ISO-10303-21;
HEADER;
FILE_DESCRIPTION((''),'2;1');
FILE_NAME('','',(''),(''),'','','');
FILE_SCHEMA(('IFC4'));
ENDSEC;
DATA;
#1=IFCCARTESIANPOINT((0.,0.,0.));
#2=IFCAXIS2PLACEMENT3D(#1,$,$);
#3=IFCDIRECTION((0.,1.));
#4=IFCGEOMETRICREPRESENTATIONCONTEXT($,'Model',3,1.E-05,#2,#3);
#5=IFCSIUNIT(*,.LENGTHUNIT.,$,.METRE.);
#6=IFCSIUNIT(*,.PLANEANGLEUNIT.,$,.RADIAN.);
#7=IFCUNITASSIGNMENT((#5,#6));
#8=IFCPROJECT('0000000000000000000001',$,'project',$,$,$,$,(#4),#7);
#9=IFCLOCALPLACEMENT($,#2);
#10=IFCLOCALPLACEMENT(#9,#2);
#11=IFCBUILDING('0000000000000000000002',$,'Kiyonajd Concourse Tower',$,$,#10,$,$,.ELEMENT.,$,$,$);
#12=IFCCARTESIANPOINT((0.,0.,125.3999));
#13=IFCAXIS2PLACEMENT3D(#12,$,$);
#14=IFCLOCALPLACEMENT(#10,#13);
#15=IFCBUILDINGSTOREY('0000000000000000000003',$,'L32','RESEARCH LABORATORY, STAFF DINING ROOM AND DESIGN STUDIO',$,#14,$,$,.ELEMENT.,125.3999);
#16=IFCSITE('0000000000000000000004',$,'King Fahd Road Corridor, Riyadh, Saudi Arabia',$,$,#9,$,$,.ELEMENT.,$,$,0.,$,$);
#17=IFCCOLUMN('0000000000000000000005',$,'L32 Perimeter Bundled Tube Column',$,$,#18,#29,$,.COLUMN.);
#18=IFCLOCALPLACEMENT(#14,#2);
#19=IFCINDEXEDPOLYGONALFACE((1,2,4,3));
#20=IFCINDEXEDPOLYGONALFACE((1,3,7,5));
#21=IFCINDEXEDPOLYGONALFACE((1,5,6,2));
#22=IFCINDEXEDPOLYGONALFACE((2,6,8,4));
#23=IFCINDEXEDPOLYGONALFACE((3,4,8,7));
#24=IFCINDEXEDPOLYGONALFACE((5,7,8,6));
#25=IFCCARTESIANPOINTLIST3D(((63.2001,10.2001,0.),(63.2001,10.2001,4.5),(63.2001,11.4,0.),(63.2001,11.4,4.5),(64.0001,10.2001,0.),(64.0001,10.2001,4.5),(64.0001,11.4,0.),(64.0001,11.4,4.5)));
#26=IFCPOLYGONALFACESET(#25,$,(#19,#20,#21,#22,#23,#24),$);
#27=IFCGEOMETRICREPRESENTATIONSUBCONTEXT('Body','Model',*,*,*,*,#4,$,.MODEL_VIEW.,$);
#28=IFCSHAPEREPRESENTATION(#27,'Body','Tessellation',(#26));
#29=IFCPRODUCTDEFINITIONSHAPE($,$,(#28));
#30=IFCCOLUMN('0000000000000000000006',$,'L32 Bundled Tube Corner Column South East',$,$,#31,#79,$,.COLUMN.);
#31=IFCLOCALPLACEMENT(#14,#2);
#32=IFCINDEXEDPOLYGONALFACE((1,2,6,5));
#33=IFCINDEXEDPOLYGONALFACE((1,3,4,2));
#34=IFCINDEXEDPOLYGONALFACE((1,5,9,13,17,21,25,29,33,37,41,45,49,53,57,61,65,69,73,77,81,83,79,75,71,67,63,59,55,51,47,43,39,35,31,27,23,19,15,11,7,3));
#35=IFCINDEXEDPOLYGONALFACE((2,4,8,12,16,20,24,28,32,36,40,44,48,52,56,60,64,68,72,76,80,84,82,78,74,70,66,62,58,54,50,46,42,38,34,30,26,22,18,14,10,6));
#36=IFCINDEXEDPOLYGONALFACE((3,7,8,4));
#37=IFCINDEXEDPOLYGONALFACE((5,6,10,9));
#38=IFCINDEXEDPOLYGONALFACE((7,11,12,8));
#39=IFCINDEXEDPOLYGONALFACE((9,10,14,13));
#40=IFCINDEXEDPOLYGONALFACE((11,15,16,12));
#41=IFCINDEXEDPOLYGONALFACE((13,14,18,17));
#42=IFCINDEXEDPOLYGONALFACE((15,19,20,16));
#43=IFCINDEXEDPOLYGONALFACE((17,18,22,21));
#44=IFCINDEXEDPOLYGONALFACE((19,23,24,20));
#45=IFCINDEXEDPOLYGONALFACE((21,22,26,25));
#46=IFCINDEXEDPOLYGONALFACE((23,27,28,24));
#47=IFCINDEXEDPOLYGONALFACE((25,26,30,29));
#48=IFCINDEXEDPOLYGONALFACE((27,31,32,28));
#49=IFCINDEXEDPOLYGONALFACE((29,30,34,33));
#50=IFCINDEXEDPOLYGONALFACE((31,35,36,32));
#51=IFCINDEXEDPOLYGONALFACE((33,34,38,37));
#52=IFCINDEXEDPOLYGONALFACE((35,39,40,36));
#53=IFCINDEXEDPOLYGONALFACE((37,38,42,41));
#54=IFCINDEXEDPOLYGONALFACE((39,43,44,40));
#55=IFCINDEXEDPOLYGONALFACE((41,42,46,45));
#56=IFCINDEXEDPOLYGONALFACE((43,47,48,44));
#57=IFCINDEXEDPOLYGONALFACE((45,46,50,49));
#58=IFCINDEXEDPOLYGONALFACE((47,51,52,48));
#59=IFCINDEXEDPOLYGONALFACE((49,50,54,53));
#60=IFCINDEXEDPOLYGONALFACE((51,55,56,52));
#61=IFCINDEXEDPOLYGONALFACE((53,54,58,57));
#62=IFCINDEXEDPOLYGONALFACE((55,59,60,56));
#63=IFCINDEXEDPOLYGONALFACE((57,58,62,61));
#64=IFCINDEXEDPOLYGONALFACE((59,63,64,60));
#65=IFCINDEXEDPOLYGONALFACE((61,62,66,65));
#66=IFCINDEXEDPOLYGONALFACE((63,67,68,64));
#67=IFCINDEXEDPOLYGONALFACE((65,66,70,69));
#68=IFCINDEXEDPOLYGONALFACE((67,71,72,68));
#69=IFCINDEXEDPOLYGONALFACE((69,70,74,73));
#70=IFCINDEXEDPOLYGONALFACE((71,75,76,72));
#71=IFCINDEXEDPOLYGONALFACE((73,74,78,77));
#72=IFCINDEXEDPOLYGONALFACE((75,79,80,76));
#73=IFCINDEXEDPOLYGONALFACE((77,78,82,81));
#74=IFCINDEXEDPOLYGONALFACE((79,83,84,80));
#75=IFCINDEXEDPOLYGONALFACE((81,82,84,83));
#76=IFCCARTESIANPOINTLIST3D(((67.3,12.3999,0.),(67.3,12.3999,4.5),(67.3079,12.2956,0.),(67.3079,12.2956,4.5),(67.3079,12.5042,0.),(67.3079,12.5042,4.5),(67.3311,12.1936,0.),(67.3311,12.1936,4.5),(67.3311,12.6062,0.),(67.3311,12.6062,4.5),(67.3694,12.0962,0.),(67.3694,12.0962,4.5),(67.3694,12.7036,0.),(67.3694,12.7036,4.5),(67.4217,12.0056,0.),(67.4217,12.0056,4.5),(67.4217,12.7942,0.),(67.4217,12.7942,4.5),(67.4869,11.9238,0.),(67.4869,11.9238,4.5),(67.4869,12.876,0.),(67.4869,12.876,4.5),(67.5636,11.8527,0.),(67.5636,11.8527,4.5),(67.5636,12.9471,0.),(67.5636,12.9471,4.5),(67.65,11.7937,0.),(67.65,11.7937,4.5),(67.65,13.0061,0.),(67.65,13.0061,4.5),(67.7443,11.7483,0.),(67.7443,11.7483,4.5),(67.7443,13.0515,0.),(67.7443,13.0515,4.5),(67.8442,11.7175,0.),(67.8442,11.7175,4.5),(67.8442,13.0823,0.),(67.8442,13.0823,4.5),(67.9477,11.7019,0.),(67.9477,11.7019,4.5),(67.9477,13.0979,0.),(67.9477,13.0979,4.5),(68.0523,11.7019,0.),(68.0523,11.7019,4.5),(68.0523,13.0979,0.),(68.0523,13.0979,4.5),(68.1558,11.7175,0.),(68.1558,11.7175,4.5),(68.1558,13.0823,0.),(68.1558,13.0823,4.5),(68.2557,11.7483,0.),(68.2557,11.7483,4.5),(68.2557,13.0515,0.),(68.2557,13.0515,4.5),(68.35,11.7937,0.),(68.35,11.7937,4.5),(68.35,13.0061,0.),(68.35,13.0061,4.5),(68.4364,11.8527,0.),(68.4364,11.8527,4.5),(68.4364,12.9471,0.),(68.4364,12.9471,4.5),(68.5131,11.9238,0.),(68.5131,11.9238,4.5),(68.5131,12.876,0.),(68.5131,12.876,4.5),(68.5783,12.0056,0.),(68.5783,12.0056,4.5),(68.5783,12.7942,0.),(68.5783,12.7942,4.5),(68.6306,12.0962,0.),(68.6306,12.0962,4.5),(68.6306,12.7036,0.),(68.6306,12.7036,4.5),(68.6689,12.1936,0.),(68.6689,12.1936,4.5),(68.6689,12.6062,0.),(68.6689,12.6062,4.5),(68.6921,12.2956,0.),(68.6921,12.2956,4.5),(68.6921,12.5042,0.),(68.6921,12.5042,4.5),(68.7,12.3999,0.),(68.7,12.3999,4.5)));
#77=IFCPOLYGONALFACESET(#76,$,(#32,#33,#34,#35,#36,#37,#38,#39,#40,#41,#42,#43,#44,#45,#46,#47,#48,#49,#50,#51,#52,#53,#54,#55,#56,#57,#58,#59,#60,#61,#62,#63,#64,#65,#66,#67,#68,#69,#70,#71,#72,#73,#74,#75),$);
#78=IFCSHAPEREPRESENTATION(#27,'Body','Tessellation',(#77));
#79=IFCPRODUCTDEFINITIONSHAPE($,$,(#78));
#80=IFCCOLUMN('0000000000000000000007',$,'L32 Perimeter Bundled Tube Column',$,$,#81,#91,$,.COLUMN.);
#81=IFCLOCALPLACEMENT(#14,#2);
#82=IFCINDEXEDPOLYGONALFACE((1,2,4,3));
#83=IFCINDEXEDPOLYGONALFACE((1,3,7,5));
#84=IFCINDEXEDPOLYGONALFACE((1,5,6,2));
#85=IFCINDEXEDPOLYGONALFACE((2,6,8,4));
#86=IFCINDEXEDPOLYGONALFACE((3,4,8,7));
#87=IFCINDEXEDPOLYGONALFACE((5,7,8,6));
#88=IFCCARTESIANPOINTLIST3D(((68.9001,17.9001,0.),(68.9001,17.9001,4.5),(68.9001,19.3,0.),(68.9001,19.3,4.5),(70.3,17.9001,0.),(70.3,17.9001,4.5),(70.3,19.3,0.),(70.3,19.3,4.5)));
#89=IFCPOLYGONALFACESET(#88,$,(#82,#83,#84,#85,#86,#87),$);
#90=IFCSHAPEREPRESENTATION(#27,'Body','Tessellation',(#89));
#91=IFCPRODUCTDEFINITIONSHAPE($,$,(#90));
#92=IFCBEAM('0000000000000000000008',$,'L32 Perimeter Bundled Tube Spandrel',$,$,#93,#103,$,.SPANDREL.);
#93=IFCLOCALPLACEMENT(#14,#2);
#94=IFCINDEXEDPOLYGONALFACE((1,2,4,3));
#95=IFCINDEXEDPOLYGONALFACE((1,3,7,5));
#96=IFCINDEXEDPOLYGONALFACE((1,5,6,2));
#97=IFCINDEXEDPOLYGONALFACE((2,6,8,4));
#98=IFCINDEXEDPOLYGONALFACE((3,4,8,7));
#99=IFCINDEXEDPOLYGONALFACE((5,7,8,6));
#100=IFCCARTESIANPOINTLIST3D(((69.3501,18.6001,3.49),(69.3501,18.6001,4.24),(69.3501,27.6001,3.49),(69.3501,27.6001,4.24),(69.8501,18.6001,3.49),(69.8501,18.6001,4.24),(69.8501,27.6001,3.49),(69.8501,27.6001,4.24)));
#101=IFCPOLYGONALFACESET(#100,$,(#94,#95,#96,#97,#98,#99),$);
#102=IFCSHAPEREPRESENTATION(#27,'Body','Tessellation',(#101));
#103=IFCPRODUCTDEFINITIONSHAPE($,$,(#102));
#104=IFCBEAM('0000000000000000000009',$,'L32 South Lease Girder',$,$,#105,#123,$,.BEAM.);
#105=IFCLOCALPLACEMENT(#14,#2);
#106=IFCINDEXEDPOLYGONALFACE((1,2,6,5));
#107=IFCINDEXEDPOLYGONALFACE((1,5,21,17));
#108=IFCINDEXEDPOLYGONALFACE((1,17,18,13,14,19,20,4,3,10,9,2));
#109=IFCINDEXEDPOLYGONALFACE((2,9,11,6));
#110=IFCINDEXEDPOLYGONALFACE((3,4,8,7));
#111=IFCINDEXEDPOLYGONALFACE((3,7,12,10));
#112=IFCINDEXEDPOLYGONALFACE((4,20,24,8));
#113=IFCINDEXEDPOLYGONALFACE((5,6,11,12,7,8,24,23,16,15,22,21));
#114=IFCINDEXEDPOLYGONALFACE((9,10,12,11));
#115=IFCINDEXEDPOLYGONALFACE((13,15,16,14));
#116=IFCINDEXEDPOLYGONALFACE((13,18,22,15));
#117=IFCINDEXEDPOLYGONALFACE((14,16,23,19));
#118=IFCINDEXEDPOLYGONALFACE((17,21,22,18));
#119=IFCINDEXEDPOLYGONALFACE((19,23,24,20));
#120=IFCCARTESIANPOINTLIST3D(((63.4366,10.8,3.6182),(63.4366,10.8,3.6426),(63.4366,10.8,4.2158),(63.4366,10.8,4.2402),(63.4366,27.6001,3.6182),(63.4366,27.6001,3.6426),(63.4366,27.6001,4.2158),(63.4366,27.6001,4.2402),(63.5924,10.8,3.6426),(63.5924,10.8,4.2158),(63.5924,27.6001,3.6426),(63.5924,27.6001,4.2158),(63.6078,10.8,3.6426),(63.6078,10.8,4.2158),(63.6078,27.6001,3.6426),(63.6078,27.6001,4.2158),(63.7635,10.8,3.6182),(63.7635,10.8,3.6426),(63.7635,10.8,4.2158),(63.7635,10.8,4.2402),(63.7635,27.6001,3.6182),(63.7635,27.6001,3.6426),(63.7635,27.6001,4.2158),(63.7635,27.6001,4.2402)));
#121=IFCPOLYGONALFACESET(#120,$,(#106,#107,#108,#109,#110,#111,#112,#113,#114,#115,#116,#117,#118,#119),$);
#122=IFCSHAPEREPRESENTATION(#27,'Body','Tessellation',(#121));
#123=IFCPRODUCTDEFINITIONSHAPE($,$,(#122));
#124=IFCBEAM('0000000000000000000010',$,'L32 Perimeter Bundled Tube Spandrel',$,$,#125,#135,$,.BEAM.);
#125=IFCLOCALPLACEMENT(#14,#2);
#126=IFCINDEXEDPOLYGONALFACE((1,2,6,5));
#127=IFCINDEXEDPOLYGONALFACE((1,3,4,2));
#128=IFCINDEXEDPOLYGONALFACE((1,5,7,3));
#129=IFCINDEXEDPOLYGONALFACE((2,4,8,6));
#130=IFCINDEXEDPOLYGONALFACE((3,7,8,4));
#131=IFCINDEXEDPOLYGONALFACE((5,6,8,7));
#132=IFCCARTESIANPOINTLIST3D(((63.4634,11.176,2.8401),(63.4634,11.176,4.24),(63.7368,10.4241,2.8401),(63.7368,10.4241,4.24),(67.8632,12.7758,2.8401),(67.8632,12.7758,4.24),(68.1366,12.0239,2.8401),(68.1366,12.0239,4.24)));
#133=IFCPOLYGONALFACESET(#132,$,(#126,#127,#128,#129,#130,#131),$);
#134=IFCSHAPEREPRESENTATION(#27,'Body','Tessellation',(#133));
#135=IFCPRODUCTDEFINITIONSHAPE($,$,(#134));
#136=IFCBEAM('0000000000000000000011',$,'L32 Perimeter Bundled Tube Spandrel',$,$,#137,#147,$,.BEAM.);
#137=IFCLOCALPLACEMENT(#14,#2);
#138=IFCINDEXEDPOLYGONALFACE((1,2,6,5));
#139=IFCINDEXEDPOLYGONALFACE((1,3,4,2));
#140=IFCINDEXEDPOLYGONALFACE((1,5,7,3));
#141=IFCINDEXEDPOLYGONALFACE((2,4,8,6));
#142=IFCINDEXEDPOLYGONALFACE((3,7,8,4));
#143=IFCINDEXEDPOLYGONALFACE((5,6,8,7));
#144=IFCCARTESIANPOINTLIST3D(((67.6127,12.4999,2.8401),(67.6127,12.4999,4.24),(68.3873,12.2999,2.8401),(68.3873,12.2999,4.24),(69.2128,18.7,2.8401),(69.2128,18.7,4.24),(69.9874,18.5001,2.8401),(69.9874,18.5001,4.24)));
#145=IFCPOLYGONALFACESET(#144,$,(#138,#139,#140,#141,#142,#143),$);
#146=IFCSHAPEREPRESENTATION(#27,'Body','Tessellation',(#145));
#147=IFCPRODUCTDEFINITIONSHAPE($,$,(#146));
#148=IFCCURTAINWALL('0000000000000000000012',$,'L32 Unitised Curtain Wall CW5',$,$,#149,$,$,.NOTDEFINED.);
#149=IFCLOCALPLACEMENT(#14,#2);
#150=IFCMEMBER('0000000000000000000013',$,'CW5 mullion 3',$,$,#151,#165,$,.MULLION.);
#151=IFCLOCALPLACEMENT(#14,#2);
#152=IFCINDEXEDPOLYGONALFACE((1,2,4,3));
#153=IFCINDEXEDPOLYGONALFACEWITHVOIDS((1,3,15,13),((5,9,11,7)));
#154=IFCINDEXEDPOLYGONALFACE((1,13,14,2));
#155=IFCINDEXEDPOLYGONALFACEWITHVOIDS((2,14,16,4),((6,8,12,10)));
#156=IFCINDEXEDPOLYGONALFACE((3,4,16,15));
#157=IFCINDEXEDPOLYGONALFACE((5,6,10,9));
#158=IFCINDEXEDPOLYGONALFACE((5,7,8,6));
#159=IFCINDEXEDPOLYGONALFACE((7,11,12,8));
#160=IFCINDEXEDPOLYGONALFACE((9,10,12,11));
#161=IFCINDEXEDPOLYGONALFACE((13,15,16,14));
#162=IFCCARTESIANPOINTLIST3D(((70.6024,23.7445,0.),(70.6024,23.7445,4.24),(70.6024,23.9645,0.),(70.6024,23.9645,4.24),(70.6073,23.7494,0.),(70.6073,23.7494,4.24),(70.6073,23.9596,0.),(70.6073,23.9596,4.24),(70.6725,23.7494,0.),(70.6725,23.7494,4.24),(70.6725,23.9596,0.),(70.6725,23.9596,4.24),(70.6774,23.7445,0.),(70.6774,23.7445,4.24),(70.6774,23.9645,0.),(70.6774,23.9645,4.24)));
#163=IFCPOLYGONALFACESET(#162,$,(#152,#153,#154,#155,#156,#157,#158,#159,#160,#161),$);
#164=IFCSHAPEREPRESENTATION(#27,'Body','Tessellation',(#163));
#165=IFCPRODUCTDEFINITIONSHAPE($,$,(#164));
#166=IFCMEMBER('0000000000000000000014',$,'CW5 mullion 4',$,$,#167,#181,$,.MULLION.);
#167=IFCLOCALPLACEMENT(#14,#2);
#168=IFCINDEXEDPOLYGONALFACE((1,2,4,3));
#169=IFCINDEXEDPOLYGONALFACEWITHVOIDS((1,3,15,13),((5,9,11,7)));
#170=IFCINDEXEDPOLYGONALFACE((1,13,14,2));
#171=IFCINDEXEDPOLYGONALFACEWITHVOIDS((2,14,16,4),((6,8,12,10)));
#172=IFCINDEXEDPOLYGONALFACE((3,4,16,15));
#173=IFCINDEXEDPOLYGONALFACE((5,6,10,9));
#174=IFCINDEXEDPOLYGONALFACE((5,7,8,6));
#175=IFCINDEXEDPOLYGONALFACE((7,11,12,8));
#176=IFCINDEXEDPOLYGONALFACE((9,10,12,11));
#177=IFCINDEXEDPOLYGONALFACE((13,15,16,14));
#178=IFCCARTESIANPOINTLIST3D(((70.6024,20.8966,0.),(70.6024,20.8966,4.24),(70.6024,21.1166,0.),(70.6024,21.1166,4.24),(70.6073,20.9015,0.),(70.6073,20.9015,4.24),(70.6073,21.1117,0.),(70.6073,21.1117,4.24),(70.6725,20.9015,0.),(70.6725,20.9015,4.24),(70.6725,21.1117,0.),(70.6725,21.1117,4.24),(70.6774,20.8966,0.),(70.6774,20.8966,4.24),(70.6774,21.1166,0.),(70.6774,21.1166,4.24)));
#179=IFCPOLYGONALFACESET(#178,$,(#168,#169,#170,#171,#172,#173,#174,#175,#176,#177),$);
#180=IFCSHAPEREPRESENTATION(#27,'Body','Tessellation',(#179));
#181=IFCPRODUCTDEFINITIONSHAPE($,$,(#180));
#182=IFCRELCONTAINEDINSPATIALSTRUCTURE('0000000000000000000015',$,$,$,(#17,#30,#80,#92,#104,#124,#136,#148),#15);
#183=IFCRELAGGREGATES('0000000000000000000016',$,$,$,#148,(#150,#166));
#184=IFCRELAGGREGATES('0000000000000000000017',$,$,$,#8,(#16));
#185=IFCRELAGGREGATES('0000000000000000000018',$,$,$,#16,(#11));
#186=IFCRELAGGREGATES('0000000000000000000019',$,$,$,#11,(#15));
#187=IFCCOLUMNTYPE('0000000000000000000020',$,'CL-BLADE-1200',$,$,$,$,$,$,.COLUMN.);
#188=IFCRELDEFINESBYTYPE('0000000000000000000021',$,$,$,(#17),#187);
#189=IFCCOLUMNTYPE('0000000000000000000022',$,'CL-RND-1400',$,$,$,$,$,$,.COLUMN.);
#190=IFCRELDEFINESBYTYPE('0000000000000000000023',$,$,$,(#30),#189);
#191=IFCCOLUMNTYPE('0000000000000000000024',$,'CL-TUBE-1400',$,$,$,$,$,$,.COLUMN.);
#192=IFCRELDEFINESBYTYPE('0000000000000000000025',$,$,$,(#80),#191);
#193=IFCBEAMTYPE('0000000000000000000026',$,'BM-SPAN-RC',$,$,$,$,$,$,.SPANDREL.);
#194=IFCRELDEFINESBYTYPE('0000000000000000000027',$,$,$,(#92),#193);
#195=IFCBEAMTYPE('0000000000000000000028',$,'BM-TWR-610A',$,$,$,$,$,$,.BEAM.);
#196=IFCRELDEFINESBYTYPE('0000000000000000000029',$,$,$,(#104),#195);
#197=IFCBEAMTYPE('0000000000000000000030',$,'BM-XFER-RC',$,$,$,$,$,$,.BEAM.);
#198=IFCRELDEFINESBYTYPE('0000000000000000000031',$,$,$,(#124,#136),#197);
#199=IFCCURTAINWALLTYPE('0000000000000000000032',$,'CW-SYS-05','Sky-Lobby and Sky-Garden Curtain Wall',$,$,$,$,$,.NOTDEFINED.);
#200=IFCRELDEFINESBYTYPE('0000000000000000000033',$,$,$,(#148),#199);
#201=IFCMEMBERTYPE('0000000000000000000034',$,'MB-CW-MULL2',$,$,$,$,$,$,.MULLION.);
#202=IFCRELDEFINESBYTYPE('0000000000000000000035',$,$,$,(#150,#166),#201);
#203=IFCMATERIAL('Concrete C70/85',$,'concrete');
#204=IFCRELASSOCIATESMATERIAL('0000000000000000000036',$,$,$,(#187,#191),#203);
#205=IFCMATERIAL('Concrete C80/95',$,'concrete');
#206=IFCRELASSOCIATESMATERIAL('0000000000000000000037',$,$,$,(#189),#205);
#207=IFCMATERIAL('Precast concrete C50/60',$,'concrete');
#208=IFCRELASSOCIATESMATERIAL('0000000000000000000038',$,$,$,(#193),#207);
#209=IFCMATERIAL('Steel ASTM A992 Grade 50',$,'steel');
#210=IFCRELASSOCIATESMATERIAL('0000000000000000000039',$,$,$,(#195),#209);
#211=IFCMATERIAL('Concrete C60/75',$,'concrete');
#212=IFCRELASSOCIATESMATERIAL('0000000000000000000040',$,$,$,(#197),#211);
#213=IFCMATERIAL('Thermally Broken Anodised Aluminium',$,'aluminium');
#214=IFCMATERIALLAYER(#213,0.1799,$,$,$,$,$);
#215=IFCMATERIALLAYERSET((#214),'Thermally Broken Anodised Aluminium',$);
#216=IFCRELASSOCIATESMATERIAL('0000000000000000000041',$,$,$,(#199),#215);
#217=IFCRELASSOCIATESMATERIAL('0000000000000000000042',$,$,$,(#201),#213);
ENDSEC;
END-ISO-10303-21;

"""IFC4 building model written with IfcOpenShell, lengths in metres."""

from ifc_helpers import new_model, si_unit, direction, frame, origin, origin_2d, place, context, subcontext, project, spatial, rectangle, hollow_rectangle, circle, i_section, extrude, material, layer, layer_set, material_profile, profile_set, type_object, element, aggregate, save


model = new_model("IFC4")

# Units and contexts
model_context = context("Model", 3, precision=1e-05, world=origin(), true_north=direction((0.0, 1.0)))
body_context = subcontext(model_context, "Body", "Model", "MODEL_VIEW")
ifc_project = project(units=[si_unit("LENGTHUNIT", "METRE"), si_unit("PLANEANGLEUNIT", "RADIAN")], contexts=[model_context])

# Site, building, storey
site_placement = place(None, origin())
site = spatial("IfcSite", under=ifc_project, at=site_placement, Name="King Fahd Road Corridor, Riyadh, Saudi Arabia", CompositionType="ELEMENT", RefElevation=0.0)
building_placement = place(site_placement, origin())
building = spatial("IfcBuilding", under=site, at=building_placement, Name="Kiyonajd Concourse Tower", CompositionType="ELEMENT")
storey_placement = place(building_placement, frame((0.0, 0.0, 125.3999)))
storey = spatial("IfcBuildingStorey", under=building, at=storey_placement, Name="L32", Description="RESEARCH LABORATORY, STAFF DINING ROOM AND DESIGN STUDIO", CompositionType="ELEMENT", Elevation=125.3999)

# Columns
ifc_material_1 = material(Name="Concrete C70/85", Category="concrete")
ifc_material_profile_1 = material_profile(ifc_material_1, rectangle(XDim=0.8, YDim=1.2, at=origin_2d()), Name="RC-1200x800")
ifc_profile_set_1 = profile_set([ifc_material_profile_1], Name="Concrete C70/85")
column_type_1 = type_object("IfcColumnType", Name="CL-BLADE-1200", PredefinedType="COLUMN", material=ifc_profile_set_1)
column_1_placement = place(storey_placement, frame((63.6001, 10.8, 0.0), z_axis=(0.0, 0.0, 1.0), x_axis=(1.0, 0.0, 0.0)))
element("IfcColumn", 1, at=column_1_placement, inside=storey, type_object=column_type_1, Name="L32 Perimeter Bundled Tube Column", PredefinedType="COLUMN", context=body_context, shape_type="SweptSolid", body=[
    extrude(rectangle(XDim=0.8, YDim=1.2, at=origin_2d()), origin(), (0.0, 0.0, 1.0), 4.5),
])
ifc_material_2 = material(Name="Concrete C80/95", Category="concrete")
ifc_material_profile_2 = material_profile(ifc_material_2, circle(Radius=0.7, at=origin_2d()), Name="RCC-D1400")
ifc_profile_set_2 = profile_set([ifc_material_profile_2], Name="Concrete C80/95")
column_type_2 = type_object("IfcColumnType", Name="CL-RND-1400", PredefinedType="COLUMN", material=ifc_profile_set_2)
column_2_placement = place(storey_placement, frame((68.0, 12.3999, 0.0), z_axis=(0.0, 0.0, 1.0), x_axis=(1.0, 0.0, 0.0)))
element("IfcColumn", 2, at=column_2_placement, inside=storey, type_object=column_type_2, Name="L32 Bundled Tube Corner Column South East", PredefinedType="COLUMN", context=body_context, shape_type="SweptSolid", body=[
    extrude(circle(Radius=0.7, at=origin_2d()), origin(), (0.0, 0.0, 1.0), 4.5),
])
ifc_material_profile_3 = material_profile(ifc_material_1, rectangle(XDim=1.3999, YDim=1.3999, at=origin_2d()), Name="RC-1400x1400")
ifc_profile_set_3 = profile_set([ifc_material_profile_3], Name="Concrete C70/85")
column_type_3 = type_object("IfcColumnType", Name="CL-TUBE-1400", PredefinedType="COLUMN", material=ifc_profile_set_3)
column_3_placement = place(storey_placement, frame((69.6001, 18.6001, 0.0), z_axis=(0.0, 0.0, 1.0), x_axis=(1.0, 0.0, 0.0)))
element("IfcColumn", 3, at=column_3_placement, inside=storey, type_object=column_type_3, Name="L32 Perimeter Bundled Tube Column", PredefinedType="COLUMN", context=body_context, shape_type="SweptSolid", body=[
    extrude(rectangle(XDim=1.3999, YDim=1.3999, at=origin_2d()), origin(), (0.0, 0.0, 1.0), 4.5),
])

# Beams
ifc_material_3 = material(Name="Precast concrete C50/60", Category="concrete")
ifc_material_profile_4 = material_profile(ifc_material_3, rectangle(XDim=0.5, YDim=0.75, at=origin_2d()), Name="RCBM-500x750")
ifc_profile_set_4 = profile_set([ifc_material_profile_4], Name="Precast concrete C50/60")
beam_type_1 = type_object("IfcBeamType", Name="BM-SPAN-RC", PredefinedType="SPANDREL", material=ifc_profile_set_4)
beam_1_placement = place(storey_placement, frame((69.6001, 18.6001, 3.865), z_axis=(0.0, 1.0, 0.0), x_axis=(-1.0, 0.0, 0.0)))
element("IfcBeam", 4, at=beam_1_placement, inside=storey, type_object=beam_type_1, Name="L32 Perimeter Bundled Tube Spandrel", PredefinedType="SPANDREL", context=body_context, shape_type="SweptSolid", body=[
    extrude(rectangle(XDim=0.5, YDim=0.75, at=origin_2d()), origin(), (0.0, 0.0, 1.0), 9.0),
])
ifc_material_4 = material(Name="Steel ASTM A992 Grade 50", Category="steel")
ifc_material_profile_5 = material_profile(ifc_material_4, i_section(OverallWidth=0.3269, OverallDepth=0.6221, WebThickness=0.0154, FlangeThickness=0.0244, at=origin_2d()), Name="W610X195")
ifc_profile_set_5 = profile_set([ifc_material_profile_5], Name="Steel ASTM A992 Grade 50")
beam_type_2 = type_object("IfcBeamType", Name="BM-TWR-610A", PredefinedType="BEAM", material=ifc_profile_set_5)
beam_2_placement = place(storey_placement, frame((63.6001, 10.8, 3.9292), z_axis=(0.0, 1.0, 0.0), x_axis=(-1.0, 0.0, 0.0)))
element("IfcBeam", 5, at=beam_2_placement, inside=storey, type_object=beam_type_2, Name="L32 South Lease Girder", PredefinedType="BEAM", context=body_context, shape_type="SweptSolid", body=[
    extrude(i_section(OverallWidth=0.3269, OverallDepth=0.6221, WebThickness=0.0154, FlangeThickness=0.0244, at=origin_2d()), origin(), (0.0, 0.0, 1.0), 16.8),
])
ifc_material_5 = material(Name="Concrete C60/75", Category="concrete")
ifc_material_profile_6 = material_profile(ifc_material_5, rectangle(XDim=0.8, YDim=1.3999, at=origin_2d()), Name="RCBM-800x1400")
ifc_profile_set_6 = profile_set([ifc_material_profile_6], Name="Concrete C60/75")
beam_type_3 = type_object("IfcBeamType", Name="BM-XFER-RC", PredefinedType="BEAM", material=ifc_profile_set_6)
beam_3_placement = place(storey_placement, frame((63.6001, 10.8, 3.54), z_axis=(0.939801, 0.341722, 0.0), x_axis=(-0.341722, 0.939801, 0.0)))
element("IfcBeam", 6, at=beam_3_placement, inside=storey, type_object=beam_type_3, Name="L32 Perimeter Bundled Tube Spandrel", PredefinedType="BEAM", context=body_context, shape_type="SweptSolid", body=[
    extrude(rectangle(XDim=0.8, YDim=1.3999, at=origin_2d()), origin(), (0.0, 0.0, 1.0), 4.6816),
])
beam_4_placement = place(storey_placement, frame((68.0, 12.3999, 3.54), z_axis=(0.249885, 0.968276, 0.0), x_axis=(-0.968276, 0.249885, 0.0)))
element("IfcBeam", 7, at=beam_4_placement, inside=storey, type_object=beam_type_3, Name="L32 Perimeter Bundled Tube Spandrel", PredefinedType="BEAM", context=body_context, shape_type="SweptSolid", body=[
    extrude(rectangle(XDim=0.8, YDim=1.3999, at=origin_2d()), origin(), (0.0, 0.0, 1.0), 6.4033),
])

# Curtain wall, members
ifc_material_6 = material(Name="Thermally Broken Anodised Aluminium", Category="aluminium")
ifc_layer_1 = layer(ifc_material_6, 0.1799)
ifc_layer_set_1 = layer_set([ifc_layer_1], Name="Thermally Broken Anodised Aluminium")
curtain_wall_type = type_object("IfcCurtainWallType", Name="CW-SYS-05", Description="Sky-Lobby and Sky-Garden Curtain Wall", PredefinedType="NOTDEFINED", material=ifc_layer_set_1)
curtain_wall_placement = place(storey_placement, origin())
curtain_wall = element("IfcCurtainWall", 8, at=curtain_wall_placement, inside=storey, type_object=curtain_wall_type, Name="L32 Unitised Curtain Wall CW5", PredefinedType="NOTDEFINED")
ifc_material_profile_7 = material_profile(ifc_material_6, hollow_rectangle(XDim=0.075, YDim=0.22, WallThickness=0.0049, at=origin_2d()), Name="MULL-75x220")
ifc_profile_set_7 = profile_set([ifc_material_profile_7], Name="Thermally Broken Anodised Aluminium")
member_type_1 = type_object("IfcMemberType", Name="MB-CW-MULL2", PredefinedType="MULLION", material=ifc_profile_set_7)
member_1_placement = place(storey_placement, frame((70.6399, 23.8545, 0.0), z_axis=(0.0, 0.0, 1.0), x_axis=(1.0, 0.0, 0.0)))
member_1 = element("IfcMember", 9, at=member_1_placement, type_object=member_type_1, Name="CW5 mullion 3", PredefinedType="MULLION", context=body_context, shape_type="SweptSolid", body=[
    extrude(hollow_rectangle(XDim=0.075, YDim=0.22, WallThickness=0.0049, at=origin_2d()), origin(), (0.0, 0.0, 1.0), 4.24),
])
member_2_placement = place(storey_placement, frame((70.6399, 21.0066, 0.0), z_axis=(0.0, 0.0, 1.0), x_axis=(1.0, 0.0, 0.0)))
member_2 = element("IfcMember", 10, at=member_2_placement, type_object=member_type_1, Name="CW5 mullion 4", PredefinedType="MULLION", context=body_context, shape_type="SweptSolid", body=[
    extrude(hollow_rectangle(XDim=0.075, YDim=0.22, WallThickness=0.0049, at=origin_2d()), origin(), (0.0, 0.0, 1.0), 4.24),
])
aggregate(curtain_wall, [member_1, member_2])

save(model, "model.ifc")
